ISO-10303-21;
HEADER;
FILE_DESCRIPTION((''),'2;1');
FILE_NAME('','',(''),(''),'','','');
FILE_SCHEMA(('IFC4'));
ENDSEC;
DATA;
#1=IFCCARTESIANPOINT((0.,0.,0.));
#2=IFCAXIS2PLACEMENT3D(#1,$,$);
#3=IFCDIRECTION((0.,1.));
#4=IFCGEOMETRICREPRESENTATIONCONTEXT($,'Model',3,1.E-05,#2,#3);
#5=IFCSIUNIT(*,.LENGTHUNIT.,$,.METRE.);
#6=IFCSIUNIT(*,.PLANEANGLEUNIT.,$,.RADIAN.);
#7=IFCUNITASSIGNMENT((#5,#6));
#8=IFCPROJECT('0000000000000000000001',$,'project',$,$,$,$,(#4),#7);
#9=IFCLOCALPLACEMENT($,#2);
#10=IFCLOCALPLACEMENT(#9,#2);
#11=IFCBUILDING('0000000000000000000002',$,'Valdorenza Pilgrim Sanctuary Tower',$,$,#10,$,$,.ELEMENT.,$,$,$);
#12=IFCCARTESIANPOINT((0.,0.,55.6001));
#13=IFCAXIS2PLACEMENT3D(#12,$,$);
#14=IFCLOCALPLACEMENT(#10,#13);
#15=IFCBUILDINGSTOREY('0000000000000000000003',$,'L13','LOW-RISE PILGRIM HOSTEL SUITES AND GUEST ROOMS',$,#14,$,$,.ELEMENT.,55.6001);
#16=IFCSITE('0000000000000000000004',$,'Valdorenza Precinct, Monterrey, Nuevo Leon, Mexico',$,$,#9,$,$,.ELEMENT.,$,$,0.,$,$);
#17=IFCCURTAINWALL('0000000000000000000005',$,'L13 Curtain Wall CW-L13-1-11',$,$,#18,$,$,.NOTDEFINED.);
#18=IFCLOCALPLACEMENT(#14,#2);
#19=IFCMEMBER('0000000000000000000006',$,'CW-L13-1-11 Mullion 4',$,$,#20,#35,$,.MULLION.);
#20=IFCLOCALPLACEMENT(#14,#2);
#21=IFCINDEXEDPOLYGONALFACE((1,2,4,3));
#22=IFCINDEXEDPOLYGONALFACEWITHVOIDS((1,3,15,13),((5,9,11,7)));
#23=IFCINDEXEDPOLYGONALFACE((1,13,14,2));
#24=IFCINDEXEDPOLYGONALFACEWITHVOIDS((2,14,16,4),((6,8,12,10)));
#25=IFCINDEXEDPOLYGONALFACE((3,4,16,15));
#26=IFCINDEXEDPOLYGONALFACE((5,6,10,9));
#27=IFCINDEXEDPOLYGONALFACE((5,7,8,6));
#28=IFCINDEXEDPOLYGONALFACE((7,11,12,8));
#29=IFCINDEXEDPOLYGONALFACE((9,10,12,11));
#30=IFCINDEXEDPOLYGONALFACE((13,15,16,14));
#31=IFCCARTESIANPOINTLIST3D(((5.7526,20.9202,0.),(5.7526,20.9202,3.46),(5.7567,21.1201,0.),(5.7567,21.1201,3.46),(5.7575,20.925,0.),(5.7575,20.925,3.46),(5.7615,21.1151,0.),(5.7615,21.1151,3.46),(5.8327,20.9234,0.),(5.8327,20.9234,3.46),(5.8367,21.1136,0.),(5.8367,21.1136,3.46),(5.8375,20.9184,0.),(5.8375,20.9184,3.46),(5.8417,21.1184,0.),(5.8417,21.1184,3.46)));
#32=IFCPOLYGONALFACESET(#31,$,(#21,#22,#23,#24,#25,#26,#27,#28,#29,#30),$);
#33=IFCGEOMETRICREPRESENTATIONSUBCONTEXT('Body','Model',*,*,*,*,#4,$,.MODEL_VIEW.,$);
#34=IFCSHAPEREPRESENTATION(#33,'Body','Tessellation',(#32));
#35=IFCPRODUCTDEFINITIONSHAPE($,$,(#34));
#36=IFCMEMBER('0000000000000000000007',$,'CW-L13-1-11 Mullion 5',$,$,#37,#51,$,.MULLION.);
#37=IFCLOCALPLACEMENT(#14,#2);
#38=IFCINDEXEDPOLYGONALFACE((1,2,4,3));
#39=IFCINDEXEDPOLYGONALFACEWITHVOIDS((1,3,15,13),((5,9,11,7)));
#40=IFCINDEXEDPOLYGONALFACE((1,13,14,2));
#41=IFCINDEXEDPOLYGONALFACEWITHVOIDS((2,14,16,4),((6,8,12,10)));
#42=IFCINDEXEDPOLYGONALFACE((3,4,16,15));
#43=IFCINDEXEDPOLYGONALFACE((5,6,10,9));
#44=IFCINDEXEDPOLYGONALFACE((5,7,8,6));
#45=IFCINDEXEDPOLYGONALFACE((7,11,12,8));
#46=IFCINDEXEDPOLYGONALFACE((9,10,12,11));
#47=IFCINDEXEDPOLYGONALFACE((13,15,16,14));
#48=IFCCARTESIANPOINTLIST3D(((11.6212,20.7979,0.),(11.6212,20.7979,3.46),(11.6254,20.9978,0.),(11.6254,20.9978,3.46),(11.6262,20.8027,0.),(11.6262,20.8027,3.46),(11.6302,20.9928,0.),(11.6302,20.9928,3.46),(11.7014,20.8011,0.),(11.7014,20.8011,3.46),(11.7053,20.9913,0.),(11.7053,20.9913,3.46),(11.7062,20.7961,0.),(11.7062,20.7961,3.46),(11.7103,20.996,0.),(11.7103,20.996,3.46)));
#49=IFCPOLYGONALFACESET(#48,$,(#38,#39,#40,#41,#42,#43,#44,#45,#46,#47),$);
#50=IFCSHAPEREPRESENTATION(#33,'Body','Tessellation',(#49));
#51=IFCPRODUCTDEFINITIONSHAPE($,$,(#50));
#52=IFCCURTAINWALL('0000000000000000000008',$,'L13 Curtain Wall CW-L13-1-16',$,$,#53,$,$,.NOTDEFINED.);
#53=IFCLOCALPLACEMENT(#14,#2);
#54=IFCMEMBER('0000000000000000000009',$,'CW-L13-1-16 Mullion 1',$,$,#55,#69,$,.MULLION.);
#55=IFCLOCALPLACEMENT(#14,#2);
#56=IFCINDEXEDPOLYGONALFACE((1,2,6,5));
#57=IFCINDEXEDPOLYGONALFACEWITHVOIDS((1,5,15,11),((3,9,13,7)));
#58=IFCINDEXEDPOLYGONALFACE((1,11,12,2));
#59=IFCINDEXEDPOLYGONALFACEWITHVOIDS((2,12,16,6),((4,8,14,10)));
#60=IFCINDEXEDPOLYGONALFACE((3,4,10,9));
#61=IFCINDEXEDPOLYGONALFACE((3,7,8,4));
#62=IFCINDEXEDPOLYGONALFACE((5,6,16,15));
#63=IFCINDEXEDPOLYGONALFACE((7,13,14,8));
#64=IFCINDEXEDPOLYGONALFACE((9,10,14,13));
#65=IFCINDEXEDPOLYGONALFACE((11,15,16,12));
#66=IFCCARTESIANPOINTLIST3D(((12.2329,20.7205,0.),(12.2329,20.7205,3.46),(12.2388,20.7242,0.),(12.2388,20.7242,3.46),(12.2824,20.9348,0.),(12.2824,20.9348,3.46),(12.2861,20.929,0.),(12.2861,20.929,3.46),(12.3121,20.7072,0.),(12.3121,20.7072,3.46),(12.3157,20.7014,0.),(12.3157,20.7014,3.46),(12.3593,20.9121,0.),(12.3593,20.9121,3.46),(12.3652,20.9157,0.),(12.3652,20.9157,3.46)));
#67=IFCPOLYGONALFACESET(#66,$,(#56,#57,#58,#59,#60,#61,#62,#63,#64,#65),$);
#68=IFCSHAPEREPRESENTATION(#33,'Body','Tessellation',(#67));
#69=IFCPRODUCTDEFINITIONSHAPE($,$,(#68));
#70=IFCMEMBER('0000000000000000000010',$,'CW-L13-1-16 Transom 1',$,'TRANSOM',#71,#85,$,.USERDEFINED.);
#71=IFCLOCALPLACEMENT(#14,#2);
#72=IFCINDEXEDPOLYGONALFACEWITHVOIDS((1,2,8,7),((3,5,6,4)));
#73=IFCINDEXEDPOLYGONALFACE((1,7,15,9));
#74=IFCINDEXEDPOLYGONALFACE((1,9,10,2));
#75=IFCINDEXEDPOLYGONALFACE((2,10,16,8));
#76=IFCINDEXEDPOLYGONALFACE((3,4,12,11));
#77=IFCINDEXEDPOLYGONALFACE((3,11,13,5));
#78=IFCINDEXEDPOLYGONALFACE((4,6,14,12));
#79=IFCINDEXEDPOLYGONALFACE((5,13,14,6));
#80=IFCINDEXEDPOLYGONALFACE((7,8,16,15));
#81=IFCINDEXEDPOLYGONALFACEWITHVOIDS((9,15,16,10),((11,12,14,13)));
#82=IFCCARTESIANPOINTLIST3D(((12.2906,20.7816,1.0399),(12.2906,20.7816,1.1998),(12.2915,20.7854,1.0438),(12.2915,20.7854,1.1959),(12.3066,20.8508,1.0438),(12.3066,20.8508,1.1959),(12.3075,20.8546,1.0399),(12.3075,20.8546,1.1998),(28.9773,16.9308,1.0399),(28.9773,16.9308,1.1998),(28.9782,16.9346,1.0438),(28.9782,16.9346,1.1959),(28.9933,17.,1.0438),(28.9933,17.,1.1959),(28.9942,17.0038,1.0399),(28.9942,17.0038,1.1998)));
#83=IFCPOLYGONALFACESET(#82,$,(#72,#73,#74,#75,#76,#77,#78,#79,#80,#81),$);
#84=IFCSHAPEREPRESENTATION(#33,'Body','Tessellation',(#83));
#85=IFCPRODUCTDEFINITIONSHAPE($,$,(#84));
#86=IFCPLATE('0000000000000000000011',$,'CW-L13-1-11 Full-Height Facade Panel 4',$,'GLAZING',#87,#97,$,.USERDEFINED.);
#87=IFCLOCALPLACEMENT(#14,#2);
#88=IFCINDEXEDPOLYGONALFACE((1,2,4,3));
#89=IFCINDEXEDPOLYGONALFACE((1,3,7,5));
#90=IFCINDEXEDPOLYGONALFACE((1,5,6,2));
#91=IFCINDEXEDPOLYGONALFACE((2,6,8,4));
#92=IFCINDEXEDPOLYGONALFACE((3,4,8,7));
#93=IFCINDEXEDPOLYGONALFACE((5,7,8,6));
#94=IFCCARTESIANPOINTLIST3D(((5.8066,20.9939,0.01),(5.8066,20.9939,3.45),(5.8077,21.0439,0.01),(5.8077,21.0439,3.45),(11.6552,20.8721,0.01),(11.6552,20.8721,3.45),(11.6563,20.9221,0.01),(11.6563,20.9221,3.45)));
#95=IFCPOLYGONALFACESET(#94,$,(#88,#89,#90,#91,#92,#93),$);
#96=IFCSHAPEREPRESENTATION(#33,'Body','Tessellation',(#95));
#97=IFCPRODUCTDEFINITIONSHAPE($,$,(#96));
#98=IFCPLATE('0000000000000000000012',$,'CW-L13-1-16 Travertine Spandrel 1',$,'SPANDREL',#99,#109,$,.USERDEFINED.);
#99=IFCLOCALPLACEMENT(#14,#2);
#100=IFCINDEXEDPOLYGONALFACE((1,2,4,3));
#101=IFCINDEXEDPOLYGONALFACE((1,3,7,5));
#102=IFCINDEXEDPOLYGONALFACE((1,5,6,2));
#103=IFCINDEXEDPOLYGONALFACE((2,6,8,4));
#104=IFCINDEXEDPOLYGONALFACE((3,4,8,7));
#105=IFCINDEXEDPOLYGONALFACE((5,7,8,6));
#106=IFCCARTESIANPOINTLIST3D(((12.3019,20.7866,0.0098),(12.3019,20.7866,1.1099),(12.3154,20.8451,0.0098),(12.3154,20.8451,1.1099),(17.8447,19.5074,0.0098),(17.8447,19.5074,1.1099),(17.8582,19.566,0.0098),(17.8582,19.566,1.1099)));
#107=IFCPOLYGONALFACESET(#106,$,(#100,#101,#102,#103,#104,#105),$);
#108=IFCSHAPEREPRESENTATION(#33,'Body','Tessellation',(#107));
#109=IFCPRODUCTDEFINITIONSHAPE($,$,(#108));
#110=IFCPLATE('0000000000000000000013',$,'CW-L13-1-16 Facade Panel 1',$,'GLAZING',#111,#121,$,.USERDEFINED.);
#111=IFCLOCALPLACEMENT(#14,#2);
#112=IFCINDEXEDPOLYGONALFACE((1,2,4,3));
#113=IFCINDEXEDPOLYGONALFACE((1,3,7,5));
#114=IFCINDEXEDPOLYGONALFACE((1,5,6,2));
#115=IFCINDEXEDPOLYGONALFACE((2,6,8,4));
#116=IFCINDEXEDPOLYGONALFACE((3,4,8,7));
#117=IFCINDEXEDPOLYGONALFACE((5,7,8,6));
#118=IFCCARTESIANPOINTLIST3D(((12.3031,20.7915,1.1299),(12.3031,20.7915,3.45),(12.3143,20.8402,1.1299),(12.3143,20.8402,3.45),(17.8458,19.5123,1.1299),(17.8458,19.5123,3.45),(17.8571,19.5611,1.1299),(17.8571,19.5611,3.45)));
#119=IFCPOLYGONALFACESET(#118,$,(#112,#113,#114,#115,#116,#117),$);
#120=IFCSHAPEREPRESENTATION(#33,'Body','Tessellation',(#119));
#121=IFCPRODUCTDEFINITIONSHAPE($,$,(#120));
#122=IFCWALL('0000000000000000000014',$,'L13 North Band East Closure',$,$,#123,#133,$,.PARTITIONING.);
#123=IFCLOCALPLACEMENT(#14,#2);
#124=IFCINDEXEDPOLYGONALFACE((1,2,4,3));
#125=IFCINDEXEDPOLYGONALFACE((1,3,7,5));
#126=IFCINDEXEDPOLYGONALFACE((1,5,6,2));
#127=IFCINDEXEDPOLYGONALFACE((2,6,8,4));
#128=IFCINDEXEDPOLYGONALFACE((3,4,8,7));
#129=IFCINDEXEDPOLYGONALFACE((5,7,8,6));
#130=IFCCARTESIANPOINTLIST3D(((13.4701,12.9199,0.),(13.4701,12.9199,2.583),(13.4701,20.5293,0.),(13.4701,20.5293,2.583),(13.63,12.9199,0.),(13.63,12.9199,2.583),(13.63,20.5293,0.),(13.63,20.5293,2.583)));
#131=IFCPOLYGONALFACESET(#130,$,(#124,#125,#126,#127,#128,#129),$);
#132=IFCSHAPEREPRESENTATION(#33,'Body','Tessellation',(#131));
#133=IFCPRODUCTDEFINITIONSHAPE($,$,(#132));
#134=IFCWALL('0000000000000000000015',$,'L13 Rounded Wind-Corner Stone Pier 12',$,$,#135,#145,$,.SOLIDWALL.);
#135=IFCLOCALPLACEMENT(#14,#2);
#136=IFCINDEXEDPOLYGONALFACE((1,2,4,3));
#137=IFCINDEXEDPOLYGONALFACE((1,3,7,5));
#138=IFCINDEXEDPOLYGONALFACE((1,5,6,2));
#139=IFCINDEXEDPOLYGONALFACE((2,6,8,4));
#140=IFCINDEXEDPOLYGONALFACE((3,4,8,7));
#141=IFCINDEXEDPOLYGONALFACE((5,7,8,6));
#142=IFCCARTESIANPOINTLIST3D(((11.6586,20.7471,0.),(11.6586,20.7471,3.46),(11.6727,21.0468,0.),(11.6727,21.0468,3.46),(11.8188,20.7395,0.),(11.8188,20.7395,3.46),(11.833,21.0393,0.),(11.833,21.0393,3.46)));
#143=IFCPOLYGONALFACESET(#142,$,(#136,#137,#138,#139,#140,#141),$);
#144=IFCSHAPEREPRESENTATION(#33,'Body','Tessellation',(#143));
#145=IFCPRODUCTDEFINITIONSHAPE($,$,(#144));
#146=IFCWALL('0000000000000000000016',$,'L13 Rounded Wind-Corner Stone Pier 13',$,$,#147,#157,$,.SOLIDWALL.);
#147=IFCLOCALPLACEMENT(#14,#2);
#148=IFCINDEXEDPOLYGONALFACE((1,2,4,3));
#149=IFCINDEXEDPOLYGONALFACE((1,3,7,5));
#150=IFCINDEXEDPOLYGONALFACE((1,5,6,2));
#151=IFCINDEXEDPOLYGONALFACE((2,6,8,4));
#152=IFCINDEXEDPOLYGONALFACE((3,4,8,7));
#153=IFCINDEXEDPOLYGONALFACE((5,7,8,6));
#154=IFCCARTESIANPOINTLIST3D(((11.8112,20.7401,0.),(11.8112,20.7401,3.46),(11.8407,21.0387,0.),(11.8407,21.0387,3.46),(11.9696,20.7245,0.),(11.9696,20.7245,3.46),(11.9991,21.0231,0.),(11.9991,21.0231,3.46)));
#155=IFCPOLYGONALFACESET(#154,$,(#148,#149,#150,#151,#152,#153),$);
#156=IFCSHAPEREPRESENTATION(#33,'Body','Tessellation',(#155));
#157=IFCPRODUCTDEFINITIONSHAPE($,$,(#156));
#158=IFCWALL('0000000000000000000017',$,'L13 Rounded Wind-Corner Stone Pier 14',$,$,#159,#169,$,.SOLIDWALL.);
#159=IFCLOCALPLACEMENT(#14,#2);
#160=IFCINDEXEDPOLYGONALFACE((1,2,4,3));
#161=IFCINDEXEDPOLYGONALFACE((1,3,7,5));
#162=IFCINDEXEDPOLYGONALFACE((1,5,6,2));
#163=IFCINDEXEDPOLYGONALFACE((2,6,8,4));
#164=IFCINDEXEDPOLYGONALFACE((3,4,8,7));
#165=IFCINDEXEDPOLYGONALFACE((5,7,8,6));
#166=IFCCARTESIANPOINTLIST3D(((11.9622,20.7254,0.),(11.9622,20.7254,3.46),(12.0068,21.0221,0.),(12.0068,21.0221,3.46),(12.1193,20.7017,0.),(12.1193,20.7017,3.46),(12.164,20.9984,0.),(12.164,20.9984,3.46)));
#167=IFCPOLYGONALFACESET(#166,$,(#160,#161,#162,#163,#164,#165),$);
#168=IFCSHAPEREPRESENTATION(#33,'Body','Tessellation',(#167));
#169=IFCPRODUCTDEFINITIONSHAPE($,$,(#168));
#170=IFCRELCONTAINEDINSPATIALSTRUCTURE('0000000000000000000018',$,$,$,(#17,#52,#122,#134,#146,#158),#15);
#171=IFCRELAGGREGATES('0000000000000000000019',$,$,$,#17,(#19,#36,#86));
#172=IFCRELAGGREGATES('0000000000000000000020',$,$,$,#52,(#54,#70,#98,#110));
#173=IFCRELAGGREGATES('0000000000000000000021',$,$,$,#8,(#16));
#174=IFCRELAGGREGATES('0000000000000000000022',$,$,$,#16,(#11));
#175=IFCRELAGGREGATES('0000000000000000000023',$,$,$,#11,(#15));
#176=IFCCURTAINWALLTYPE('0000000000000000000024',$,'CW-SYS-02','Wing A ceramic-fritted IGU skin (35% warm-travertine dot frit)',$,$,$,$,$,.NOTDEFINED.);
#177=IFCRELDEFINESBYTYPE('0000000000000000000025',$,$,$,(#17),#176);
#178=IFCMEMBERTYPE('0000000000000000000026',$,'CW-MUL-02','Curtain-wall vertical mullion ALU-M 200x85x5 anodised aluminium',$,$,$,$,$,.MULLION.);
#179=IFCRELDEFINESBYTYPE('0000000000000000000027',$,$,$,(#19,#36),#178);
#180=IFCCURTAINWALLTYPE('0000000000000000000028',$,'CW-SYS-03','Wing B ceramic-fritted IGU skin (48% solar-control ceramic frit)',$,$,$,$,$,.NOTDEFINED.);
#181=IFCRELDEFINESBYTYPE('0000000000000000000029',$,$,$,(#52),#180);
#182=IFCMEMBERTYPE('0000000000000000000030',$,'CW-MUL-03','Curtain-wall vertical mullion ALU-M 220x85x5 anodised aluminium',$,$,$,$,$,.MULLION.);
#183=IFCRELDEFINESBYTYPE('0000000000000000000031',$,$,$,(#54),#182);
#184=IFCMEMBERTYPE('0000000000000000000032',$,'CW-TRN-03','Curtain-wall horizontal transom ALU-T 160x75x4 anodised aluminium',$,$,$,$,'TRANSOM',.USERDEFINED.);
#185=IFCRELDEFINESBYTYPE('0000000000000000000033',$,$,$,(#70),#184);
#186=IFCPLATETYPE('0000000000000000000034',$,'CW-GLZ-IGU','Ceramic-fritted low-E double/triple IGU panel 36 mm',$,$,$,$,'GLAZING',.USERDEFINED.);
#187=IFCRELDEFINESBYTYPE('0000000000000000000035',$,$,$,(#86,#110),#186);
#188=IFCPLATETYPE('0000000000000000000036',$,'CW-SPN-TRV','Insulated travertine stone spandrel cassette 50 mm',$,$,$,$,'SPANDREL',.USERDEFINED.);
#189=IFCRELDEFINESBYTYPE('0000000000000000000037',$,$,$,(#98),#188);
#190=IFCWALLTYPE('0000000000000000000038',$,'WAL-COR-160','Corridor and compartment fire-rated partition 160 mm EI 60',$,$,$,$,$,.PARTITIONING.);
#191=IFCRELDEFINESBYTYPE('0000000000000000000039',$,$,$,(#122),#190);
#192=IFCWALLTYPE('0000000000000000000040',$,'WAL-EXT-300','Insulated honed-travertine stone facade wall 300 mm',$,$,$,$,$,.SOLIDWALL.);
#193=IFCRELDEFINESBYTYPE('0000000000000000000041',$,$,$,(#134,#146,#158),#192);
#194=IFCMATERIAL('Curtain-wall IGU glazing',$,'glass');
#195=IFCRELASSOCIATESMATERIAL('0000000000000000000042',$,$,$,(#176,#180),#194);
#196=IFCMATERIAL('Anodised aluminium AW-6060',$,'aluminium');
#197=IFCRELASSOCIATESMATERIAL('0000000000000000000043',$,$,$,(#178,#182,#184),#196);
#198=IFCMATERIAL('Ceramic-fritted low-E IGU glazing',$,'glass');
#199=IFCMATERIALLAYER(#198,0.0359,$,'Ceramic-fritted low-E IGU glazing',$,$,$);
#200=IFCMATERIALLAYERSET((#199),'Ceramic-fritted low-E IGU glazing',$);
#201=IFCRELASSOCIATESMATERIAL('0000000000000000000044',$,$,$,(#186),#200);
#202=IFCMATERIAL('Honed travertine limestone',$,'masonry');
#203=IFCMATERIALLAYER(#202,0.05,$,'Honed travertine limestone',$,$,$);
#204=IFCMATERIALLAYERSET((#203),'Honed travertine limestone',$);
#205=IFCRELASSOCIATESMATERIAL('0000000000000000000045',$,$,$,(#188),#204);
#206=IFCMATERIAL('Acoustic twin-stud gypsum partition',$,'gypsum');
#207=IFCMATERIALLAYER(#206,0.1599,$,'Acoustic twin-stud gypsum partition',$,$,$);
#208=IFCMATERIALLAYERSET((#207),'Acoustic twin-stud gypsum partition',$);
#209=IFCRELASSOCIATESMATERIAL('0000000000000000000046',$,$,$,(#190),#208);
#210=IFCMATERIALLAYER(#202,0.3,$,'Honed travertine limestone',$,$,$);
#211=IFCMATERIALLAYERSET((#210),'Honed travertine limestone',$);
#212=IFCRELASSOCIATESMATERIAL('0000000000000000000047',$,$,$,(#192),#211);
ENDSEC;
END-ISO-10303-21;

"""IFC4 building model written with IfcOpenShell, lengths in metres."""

from ifc_helpers import new_model, si_unit, direction, frame, frame_2d, origin, origin_2d, place, context, subcontext, project, spatial, rectangle, hollow_rectangle, extrude, source, transform, mapped, material, layer, layer_set, material_profile, profile_set, type_object, element, aggregate, save


model = new_model("IFC4")

# Units and contexts
model_context = context("Model", 3, precision=1e-05, world=origin(), true_north=direction((0.0, 1.0)))
body_context = subcontext(model_context, "Body", "Model", "MODEL_VIEW")
ifc_project = project(units=[si_unit("LENGTHUNIT", "METRE"), si_unit("PLANEANGLEUNIT", "RADIAN")], contexts=[model_context])

# Site, building, storey
site_placement = place(None, origin())
site = spatial("IfcSite", under=ifc_project, at=site_placement, Name="Valdorenza Precinct, Monterrey, Nuevo Leon, Mexico", CompositionType="ELEMENT", RefElevation=0.0)
building_placement = place(site_placement, origin())
building = spatial("IfcBuilding", under=site, at=building_placement, Name="Valdorenza Pilgrim Sanctuary Tower", CompositionType="ELEMENT")
storey_placement = place(building_placement, frame((0.0, 0.0, 55.6001)))
storey = spatial("IfcBuildingStorey", under=building, at=storey_placement, Name="L13", Description="LOW-RISE PILGRIM HOSTEL SUITES AND GUEST ROOMS", CompositionType="ELEMENT", Elevation=55.6001)

# Curtain walls, members
ifc_material_1 = material(Name="Curtain-wall IGU glazing", Category="glass")
curtain_wall_type_1 = type_object("IfcCurtainWallType", Name="CW-SYS-02", Description="Wing A ceramic-fritted IGU skin (35% warm-travertine dot frit)", PredefinedType="NOTDEFINED", material=ifc_material_1)
curtain_wall_1_placement = place(storey_placement, origin())
curtain_wall_1 = element("IfcCurtainWall", 1, at=curtain_wall_1_placement, inside=storey, type_object=curtain_wall_type_1, Name="L13 Curtain Wall CW-L13-1-11", PredefinedType="NOTDEFINED")
ifc_material_2 = material(Name="Anodised aluminium AW-6060", Category="aluminium")
ifc_material_profile_1 = material_profile(ifc_material_2, hollow_rectangle(XDim=0.085, YDim=0.2, WallThickness=0.0049, at=origin_2d()), Name="ALU-M 200x85x5")
ifc_profile_set_1 = profile_set([ifc_material_profile_1], Name="Anodised aluminium AW-6060")
member_type_1 = type_object("IfcMemberType", Name="CW-MUL-02", Description="Curtain-wall vertical mullion ALU-M 200x85x5 anodised aluminium", PredefinedType="MULLION", material=ifc_profile_set_1)
shared_shape_1 = source(origin(), body_context, "Body", "SweptSolid", [
    extrude(hollow_rectangle(XDim=0.085, YDim=0.2, WallThickness=0.0049, at=origin_2d()), origin(), (0.0, 0.0, 1.0), 3.46),
])
member_1_placement = place(storey_placement, frame((5.7971, 21.0193, 0.0), z_axis=(0.0, 0.0, 1.0), x_axis=(0.999783, -0.02082, 0.0)))
member_1 = element("IfcMember", 2, at=member_1_placement, type_object=member_type_1, Name="CW-L13-1-11 Mullion 4", PredefinedType="MULLION", context=body_context, shape_type="MappedRepresentation", body=[
    mapped(shared_shape_1, transform((0.0, 0.0, 0.0), x_axis=(1.0, 0.0, 0.0), y_axis=(0.0, 1.0, 0.0), z_axis=(0.0, 0.0, 1.0), scale=1.0)),
])
member_2_placement = place(storey_placement, frame((11.6658, 20.897, 0.0), z_axis=(0.0, 0.0, 1.0), x_axis=(0.999783, -0.02082, 0.0)))
member_2 = element("IfcMember", 3, at=member_2_placement, type_object=member_type_1, Name="CW-L13-1-11 Mullion 5", PredefinedType="MULLION", context=body_context, shape_type="MappedRepresentation", body=[
    mapped(shared_shape_1, transform((0.0, 0.0, 0.0), x_axis=(1.0, 0.0, 0.0), y_axis=(0.0, 1.0, 0.0), z_axis=(0.0, 0.0, 1.0), scale=1.0)),
])
curtain_wall_type_2 = type_object("IfcCurtainWallType", Name="CW-SYS-03", Description="Wing B ceramic-fritted IGU skin (48% solar-control ceramic frit)", PredefinedType="NOTDEFINED", material=ifc_material_1)
curtain_wall_2_placement = place(storey_placement, origin())
curtain_wall_2 = element("IfcCurtainWall", 4, at=curtain_wall_2_placement, inside=storey, type_object=curtain_wall_type_2, Name="L13 Curtain Wall CW-L13-1-16", PredefinedType="NOTDEFINED")
ifc_material_profile_2 = material_profile(ifc_material_2, hollow_rectangle(XDim=0.085, YDim=0.22, WallThickness=0.0049, at=origin_2d()), Name="ALU-M 220x85x5")
ifc_profile_set_2 = profile_set([ifc_material_profile_2], Name="Anodised aluminium AW-6060")
member_type_2 = type_object("IfcMemberType", Name="CW-MUL-03", Description="Curtain-wall vertical mullion ALU-M 220x85x5 anodised aluminium", PredefinedType="MULLION", material=ifc_profile_set_2)
shared_shape_2 = source(origin(), body_context, "Body", "SweptSolid", [
    extrude(hollow_rectangle(XDim=0.085, YDim=0.22, WallThickness=0.0049, at=origin_2d()), origin(), (0.0, 0.0, 1.0), 3.46),
])
member_3_placement = place(storey_placement, frame((12.2991, 20.8181, 0.0), z_axis=(0.0, 0.0, 1.0), x_axis=(0.97439, -0.224866, 0.0)))
member_3 = element("IfcMember", 5, at=member_3_placement, type_object=member_type_2, Name="CW-L13-1-16 Mullion 1", PredefinedType="MULLION", context=body_context, shape_type="MappedRepresentation", body=[
    mapped(shared_shape_2, transform((0.0, 0.0, 0.0), x_axis=(1.0, 0.0, 0.0), y_axis=(0.0, 1.0, 0.0), z_axis=(0.0, 0.0, 1.0), scale=1.0)),
])
ifc_material_profile_3 = material_profile(ifc_material_2, hollow_rectangle(XDim=0.075, YDim=0.1599, WallThickness=0.0039, at=origin_2d()), Name="ALU-T 160x75x4")
ifc_profile_set_3 = profile_set([ifc_material_profile_3], Name="Anodised aluminium AW-6060")
member_type_3 = type_object("IfcMemberType", Name="CW-TRN-03", Description="Curtain-wall horizontal transom ALU-T 160x75x4 anodised aluminium", ElementType="TRANSOM", PredefinedType="USERDEFINED", material=ifc_profile_set_3)
shared_shape_3 = source(origin(), body_context, "Body", "SweptSolid", [
    extrude(hollow_rectangle(XDim=0.075, YDim=0.1599, WallThickness=0.0039, at=origin_2d()), origin(), (0.0, 0.0, 1.0), 17.1252),
])
member_4_placement = place(storey_placement, frame((12.2991, 20.8181, 1.1199), z_axis=(0.974391, -0.224862, 0.0), x_axis=(0.224862, 0.974391, 0.0)))
member_4 = element("IfcMember", 6, at=member_4_placement, type_object=member_type_3, Name="CW-L13-1-16 Transom 1", ObjectType="TRANSOM", PredefinedType="USERDEFINED", context=body_context, shape_type="MappedRepresentation", body=[
    mapped(shared_shape_3, transform((0.0, 0.0, 0.0), x_axis=(1.0, 0.0, 0.0), y_axis=(0.0, 1.0, 0.0), z_axis=(0.0, 0.0, 1.0), scale=1.0)),
])

# Plates
ifc_material_3 = material(Name="Ceramic-fritted low-E IGU glazing", Category="glass")
ifc_layer_1 = layer(ifc_material_3, 0.0359, Name="Ceramic-fritted low-E IGU glazing")
ifc_layer_set_1 = layer_set([ifc_layer_1], Name="Ceramic-fritted low-E IGU glazing")
plate_type_1 = type_object("IfcPlateType", Name="CW-GLZ-IGU", Description="Ceramic-fritted low-E double/triple IGU panel 36 mm", ElementType="GLAZING", PredefinedType="USERDEFINED", material=ifc_layer_set_1)
shared_shape_4 = source(origin(), body_context, "Body", "SweptSolid", [
    extrude(rectangle(XDim=5.8499, YDim=0.05, at=origin_2d()), origin(), (0.0, 0.0, 1.0), 3.4399),
])
plate_1_placement = place(storey_placement, frame((8.7314, 20.958, 0.01), z_axis=(0.0, 0.0, 1.0), x_axis=(0.999783, -0.02082, 0.0)))
plate_1 = element("IfcPlate", 7, at=plate_1_placement, type_object=plate_type_1, Name="CW-L13-1-11 Full-Height Facade Panel 4", ObjectType="GLAZING", PredefinedType="USERDEFINED", context=body_context, shape_type="MappedRepresentation", body=[
    mapped(shared_shape_4, transform((0.0, 0.0, 0.0), x_axis=(1.0, 0.0, 0.0), y_axis=(0.0, 1.0, 0.0), z_axis=(0.0, 0.0, 1.0), scale=1.0)),
])
aggregate(curtain_wall_1, [member_1, member_2, plate_1])
ifc_material_4 = material(Name="Honed travertine limestone", Category="masonry")
ifc_layer_2 = layer(ifc_material_4, 0.05, Name="Honed travertine limestone")
ifc_layer_set_2 = layer_set([ifc_layer_2], Name="Honed travertine limestone")
plate_type_2 = type_object("IfcPlateType", Name="CW-SPN-TRV", Description="Insulated travertine stone spandrel cassette 50 mm", ElementType="SPANDREL", PredefinedType="USERDEFINED", material=ifc_layer_set_2)
shared_shape_5 = source(origin(), body_context, "Body", "SweptSolid", [
    extrude(rectangle(XDim=5.6885, YDim=0.0601, at=origin_2d()), origin(), (0.0, 0.0, 1.0), 1.1001),
])
plate_2_placement = place(storey_placement, frame((15.0801, 20.1763, 0.0098), z_axis=(0.0, 0.0, 1.0), x_axis=(0.97439, -0.224866, 0.0)))
plate_2 = element("IfcPlate", 8, at=plate_2_placement, type_object=plate_type_2, Name="CW-L13-1-16 Travertine Spandrel 1", ObjectType="SPANDREL", PredefinedType="USERDEFINED", context=body_context, shape_type="MappedRepresentation", body=[
    mapped(shared_shape_5, transform((0.0, 0.0, 0.0), x_axis=(1.0, 0.0, 0.0), y_axis=(0.0, 1.0, 0.0), z_axis=(0.0, 0.0, 1.0), scale=1.0)),
])
shared_shape_6 = source(origin(), body_context, "Body", "SweptSolid", [
    extrude(rectangle(XDim=5.6885, YDim=0.05, at=origin_2d()), origin(), (0.0, 0.0, 1.0), 2.3201),
])
plate_3_placement = place(storey_placement, frame((15.0801, 20.1763, 1.1299), z_axis=(0.0, 0.0, 1.0), x_axis=(0.97439, -0.224866, 0.0)))
plate_3 = element("IfcPlate", 9, at=plate_3_placement, type_object=plate_type_1, Name="CW-L13-1-16 Facade Panel 1", ObjectType="GLAZING", PredefinedType="USERDEFINED", context=body_context, shape_type="MappedRepresentation", body=[
    mapped(shared_shape_6, transform((0.0, 0.0, 0.0), x_axis=(1.0, 0.0, 0.0), y_axis=(0.0, 1.0, 0.0), z_axis=(0.0, 0.0, 1.0), scale=1.0)),
])
aggregate(curtain_wall_2, [member_3, member_4, plate_2, plate_3])

# Walls
ifc_material_5 = material(Name="Acoustic twin-stud gypsum partition", Category="gypsum")
ifc_layer_3 = layer(ifc_material_5, 0.1599, Name="Acoustic twin-stud gypsum partition")
ifc_layer_set_3 = layer_set([ifc_layer_3], Name="Acoustic twin-stud gypsum partition")
wall_type_1 = type_object("IfcWallType", Name="WAL-COR-160", Description="Corridor and compartment fire-rated partition 160 mm EI 60", PredefinedType="PARTITIONING", material=ifc_layer_set_3)
wall_1_placement = place(storey_placement, frame((13.55, 12.9199, 0.0), z_axis=(0.0, 0.0, 1.0), x_axis=(0.0, 1.0, 0.0)))
element("IfcWall", 10, at=wall_1_placement, inside=storey, type_object=wall_type_1, Name="L13 North Band East Closure", PredefinedType="PARTITIONING", context=body_context, shape_type="SweptSolid", body=[
    extrude(rectangle(XDim=7.6094, YDim=0.1599, at=frame_2d((3.8047, 0.0))), origin(), (0.0, 0.0, 1.0), 2.583),
])
ifc_layer_4 = layer(ifc_material_4, 0.3, Name="Honed travertine limestone")
ifc_layer_set_4 = layer_set([ifc_layer_4], Name="Honed travertine limestone")
wall_type_2 = type_object("IfcWallType", Name="WAL-EXT-300", Description="Insulated honed-travertine stone facade wall 300 mm", PredefinedType="SOLIDWALL", material=ifc_layer_set_4)
wall_2_placement = place(storey_placement, frame((11.6658, 20.897, 0.0), z_axis=(0.0, 0.0, 1.0), x_axis=(0.998885, -0.047203, 0.0)))
element("IfcWall", 11, at=wall_2_placement, inside=storey, type_object=wall_type_2, Name="L13 Rounded Wind-Corner Stone Pier 12", PredefinedType="SOLIDWALL", context=body_context, shape_type="SweptSolid", body=[
    extrude(rectangle(XDim=0.1604, YDim=0.3, at=frame_2d((0.0801, 0.0))), origin(), (0.0, 0.0, 1.0), 3.46),
])
wall_3_placement = place(storey_placement, frame((11.8259, 20.8894, 0.0), z_axis=(0.0, 0.0, 1.0), x_axis=(0.995173, -0.098137, 0.0)))
element("IfcWall", 12, at=wall_3_placement, inside=storey, type_object=wall_type_2, Name="L13 Rounded Wind-Corner Stone Pier 13", PredefinedType="SOLIDWALL", context=body_context, shape_type="SweptSolid", body=[
    extrude(rectangle(XDim=0.1592, YDim=0.3, at=frame_2d((0.0796, 0.0))), origin(), (0.0, 0.0, 1.0), 3.46),
])
wall_4_placement = place(storey_placement, frame((11.9844, 20.8738, 0.0), z_axis=(0.0, 0.0, 1.0), x_axis=(0.988846, -0.148941, 0.0)))
element("IfcWall", 13, at=wall_4_placement, inside=storey, type_object=wall_type_2, Name="L13 Rounded Wind-Corner Stone Pier 14", PredefinedType="SOLIDWALL", context=body_context, shape_type="SweptSolid", body=[
    extrude(rectangle(XDim=0.1589, YDim=0.3, at=frame_2d((0.0796, 0.0))), origin(), (0.0, 0.0, 1.0), 3.46),
])

save(model, "model.ifc")
